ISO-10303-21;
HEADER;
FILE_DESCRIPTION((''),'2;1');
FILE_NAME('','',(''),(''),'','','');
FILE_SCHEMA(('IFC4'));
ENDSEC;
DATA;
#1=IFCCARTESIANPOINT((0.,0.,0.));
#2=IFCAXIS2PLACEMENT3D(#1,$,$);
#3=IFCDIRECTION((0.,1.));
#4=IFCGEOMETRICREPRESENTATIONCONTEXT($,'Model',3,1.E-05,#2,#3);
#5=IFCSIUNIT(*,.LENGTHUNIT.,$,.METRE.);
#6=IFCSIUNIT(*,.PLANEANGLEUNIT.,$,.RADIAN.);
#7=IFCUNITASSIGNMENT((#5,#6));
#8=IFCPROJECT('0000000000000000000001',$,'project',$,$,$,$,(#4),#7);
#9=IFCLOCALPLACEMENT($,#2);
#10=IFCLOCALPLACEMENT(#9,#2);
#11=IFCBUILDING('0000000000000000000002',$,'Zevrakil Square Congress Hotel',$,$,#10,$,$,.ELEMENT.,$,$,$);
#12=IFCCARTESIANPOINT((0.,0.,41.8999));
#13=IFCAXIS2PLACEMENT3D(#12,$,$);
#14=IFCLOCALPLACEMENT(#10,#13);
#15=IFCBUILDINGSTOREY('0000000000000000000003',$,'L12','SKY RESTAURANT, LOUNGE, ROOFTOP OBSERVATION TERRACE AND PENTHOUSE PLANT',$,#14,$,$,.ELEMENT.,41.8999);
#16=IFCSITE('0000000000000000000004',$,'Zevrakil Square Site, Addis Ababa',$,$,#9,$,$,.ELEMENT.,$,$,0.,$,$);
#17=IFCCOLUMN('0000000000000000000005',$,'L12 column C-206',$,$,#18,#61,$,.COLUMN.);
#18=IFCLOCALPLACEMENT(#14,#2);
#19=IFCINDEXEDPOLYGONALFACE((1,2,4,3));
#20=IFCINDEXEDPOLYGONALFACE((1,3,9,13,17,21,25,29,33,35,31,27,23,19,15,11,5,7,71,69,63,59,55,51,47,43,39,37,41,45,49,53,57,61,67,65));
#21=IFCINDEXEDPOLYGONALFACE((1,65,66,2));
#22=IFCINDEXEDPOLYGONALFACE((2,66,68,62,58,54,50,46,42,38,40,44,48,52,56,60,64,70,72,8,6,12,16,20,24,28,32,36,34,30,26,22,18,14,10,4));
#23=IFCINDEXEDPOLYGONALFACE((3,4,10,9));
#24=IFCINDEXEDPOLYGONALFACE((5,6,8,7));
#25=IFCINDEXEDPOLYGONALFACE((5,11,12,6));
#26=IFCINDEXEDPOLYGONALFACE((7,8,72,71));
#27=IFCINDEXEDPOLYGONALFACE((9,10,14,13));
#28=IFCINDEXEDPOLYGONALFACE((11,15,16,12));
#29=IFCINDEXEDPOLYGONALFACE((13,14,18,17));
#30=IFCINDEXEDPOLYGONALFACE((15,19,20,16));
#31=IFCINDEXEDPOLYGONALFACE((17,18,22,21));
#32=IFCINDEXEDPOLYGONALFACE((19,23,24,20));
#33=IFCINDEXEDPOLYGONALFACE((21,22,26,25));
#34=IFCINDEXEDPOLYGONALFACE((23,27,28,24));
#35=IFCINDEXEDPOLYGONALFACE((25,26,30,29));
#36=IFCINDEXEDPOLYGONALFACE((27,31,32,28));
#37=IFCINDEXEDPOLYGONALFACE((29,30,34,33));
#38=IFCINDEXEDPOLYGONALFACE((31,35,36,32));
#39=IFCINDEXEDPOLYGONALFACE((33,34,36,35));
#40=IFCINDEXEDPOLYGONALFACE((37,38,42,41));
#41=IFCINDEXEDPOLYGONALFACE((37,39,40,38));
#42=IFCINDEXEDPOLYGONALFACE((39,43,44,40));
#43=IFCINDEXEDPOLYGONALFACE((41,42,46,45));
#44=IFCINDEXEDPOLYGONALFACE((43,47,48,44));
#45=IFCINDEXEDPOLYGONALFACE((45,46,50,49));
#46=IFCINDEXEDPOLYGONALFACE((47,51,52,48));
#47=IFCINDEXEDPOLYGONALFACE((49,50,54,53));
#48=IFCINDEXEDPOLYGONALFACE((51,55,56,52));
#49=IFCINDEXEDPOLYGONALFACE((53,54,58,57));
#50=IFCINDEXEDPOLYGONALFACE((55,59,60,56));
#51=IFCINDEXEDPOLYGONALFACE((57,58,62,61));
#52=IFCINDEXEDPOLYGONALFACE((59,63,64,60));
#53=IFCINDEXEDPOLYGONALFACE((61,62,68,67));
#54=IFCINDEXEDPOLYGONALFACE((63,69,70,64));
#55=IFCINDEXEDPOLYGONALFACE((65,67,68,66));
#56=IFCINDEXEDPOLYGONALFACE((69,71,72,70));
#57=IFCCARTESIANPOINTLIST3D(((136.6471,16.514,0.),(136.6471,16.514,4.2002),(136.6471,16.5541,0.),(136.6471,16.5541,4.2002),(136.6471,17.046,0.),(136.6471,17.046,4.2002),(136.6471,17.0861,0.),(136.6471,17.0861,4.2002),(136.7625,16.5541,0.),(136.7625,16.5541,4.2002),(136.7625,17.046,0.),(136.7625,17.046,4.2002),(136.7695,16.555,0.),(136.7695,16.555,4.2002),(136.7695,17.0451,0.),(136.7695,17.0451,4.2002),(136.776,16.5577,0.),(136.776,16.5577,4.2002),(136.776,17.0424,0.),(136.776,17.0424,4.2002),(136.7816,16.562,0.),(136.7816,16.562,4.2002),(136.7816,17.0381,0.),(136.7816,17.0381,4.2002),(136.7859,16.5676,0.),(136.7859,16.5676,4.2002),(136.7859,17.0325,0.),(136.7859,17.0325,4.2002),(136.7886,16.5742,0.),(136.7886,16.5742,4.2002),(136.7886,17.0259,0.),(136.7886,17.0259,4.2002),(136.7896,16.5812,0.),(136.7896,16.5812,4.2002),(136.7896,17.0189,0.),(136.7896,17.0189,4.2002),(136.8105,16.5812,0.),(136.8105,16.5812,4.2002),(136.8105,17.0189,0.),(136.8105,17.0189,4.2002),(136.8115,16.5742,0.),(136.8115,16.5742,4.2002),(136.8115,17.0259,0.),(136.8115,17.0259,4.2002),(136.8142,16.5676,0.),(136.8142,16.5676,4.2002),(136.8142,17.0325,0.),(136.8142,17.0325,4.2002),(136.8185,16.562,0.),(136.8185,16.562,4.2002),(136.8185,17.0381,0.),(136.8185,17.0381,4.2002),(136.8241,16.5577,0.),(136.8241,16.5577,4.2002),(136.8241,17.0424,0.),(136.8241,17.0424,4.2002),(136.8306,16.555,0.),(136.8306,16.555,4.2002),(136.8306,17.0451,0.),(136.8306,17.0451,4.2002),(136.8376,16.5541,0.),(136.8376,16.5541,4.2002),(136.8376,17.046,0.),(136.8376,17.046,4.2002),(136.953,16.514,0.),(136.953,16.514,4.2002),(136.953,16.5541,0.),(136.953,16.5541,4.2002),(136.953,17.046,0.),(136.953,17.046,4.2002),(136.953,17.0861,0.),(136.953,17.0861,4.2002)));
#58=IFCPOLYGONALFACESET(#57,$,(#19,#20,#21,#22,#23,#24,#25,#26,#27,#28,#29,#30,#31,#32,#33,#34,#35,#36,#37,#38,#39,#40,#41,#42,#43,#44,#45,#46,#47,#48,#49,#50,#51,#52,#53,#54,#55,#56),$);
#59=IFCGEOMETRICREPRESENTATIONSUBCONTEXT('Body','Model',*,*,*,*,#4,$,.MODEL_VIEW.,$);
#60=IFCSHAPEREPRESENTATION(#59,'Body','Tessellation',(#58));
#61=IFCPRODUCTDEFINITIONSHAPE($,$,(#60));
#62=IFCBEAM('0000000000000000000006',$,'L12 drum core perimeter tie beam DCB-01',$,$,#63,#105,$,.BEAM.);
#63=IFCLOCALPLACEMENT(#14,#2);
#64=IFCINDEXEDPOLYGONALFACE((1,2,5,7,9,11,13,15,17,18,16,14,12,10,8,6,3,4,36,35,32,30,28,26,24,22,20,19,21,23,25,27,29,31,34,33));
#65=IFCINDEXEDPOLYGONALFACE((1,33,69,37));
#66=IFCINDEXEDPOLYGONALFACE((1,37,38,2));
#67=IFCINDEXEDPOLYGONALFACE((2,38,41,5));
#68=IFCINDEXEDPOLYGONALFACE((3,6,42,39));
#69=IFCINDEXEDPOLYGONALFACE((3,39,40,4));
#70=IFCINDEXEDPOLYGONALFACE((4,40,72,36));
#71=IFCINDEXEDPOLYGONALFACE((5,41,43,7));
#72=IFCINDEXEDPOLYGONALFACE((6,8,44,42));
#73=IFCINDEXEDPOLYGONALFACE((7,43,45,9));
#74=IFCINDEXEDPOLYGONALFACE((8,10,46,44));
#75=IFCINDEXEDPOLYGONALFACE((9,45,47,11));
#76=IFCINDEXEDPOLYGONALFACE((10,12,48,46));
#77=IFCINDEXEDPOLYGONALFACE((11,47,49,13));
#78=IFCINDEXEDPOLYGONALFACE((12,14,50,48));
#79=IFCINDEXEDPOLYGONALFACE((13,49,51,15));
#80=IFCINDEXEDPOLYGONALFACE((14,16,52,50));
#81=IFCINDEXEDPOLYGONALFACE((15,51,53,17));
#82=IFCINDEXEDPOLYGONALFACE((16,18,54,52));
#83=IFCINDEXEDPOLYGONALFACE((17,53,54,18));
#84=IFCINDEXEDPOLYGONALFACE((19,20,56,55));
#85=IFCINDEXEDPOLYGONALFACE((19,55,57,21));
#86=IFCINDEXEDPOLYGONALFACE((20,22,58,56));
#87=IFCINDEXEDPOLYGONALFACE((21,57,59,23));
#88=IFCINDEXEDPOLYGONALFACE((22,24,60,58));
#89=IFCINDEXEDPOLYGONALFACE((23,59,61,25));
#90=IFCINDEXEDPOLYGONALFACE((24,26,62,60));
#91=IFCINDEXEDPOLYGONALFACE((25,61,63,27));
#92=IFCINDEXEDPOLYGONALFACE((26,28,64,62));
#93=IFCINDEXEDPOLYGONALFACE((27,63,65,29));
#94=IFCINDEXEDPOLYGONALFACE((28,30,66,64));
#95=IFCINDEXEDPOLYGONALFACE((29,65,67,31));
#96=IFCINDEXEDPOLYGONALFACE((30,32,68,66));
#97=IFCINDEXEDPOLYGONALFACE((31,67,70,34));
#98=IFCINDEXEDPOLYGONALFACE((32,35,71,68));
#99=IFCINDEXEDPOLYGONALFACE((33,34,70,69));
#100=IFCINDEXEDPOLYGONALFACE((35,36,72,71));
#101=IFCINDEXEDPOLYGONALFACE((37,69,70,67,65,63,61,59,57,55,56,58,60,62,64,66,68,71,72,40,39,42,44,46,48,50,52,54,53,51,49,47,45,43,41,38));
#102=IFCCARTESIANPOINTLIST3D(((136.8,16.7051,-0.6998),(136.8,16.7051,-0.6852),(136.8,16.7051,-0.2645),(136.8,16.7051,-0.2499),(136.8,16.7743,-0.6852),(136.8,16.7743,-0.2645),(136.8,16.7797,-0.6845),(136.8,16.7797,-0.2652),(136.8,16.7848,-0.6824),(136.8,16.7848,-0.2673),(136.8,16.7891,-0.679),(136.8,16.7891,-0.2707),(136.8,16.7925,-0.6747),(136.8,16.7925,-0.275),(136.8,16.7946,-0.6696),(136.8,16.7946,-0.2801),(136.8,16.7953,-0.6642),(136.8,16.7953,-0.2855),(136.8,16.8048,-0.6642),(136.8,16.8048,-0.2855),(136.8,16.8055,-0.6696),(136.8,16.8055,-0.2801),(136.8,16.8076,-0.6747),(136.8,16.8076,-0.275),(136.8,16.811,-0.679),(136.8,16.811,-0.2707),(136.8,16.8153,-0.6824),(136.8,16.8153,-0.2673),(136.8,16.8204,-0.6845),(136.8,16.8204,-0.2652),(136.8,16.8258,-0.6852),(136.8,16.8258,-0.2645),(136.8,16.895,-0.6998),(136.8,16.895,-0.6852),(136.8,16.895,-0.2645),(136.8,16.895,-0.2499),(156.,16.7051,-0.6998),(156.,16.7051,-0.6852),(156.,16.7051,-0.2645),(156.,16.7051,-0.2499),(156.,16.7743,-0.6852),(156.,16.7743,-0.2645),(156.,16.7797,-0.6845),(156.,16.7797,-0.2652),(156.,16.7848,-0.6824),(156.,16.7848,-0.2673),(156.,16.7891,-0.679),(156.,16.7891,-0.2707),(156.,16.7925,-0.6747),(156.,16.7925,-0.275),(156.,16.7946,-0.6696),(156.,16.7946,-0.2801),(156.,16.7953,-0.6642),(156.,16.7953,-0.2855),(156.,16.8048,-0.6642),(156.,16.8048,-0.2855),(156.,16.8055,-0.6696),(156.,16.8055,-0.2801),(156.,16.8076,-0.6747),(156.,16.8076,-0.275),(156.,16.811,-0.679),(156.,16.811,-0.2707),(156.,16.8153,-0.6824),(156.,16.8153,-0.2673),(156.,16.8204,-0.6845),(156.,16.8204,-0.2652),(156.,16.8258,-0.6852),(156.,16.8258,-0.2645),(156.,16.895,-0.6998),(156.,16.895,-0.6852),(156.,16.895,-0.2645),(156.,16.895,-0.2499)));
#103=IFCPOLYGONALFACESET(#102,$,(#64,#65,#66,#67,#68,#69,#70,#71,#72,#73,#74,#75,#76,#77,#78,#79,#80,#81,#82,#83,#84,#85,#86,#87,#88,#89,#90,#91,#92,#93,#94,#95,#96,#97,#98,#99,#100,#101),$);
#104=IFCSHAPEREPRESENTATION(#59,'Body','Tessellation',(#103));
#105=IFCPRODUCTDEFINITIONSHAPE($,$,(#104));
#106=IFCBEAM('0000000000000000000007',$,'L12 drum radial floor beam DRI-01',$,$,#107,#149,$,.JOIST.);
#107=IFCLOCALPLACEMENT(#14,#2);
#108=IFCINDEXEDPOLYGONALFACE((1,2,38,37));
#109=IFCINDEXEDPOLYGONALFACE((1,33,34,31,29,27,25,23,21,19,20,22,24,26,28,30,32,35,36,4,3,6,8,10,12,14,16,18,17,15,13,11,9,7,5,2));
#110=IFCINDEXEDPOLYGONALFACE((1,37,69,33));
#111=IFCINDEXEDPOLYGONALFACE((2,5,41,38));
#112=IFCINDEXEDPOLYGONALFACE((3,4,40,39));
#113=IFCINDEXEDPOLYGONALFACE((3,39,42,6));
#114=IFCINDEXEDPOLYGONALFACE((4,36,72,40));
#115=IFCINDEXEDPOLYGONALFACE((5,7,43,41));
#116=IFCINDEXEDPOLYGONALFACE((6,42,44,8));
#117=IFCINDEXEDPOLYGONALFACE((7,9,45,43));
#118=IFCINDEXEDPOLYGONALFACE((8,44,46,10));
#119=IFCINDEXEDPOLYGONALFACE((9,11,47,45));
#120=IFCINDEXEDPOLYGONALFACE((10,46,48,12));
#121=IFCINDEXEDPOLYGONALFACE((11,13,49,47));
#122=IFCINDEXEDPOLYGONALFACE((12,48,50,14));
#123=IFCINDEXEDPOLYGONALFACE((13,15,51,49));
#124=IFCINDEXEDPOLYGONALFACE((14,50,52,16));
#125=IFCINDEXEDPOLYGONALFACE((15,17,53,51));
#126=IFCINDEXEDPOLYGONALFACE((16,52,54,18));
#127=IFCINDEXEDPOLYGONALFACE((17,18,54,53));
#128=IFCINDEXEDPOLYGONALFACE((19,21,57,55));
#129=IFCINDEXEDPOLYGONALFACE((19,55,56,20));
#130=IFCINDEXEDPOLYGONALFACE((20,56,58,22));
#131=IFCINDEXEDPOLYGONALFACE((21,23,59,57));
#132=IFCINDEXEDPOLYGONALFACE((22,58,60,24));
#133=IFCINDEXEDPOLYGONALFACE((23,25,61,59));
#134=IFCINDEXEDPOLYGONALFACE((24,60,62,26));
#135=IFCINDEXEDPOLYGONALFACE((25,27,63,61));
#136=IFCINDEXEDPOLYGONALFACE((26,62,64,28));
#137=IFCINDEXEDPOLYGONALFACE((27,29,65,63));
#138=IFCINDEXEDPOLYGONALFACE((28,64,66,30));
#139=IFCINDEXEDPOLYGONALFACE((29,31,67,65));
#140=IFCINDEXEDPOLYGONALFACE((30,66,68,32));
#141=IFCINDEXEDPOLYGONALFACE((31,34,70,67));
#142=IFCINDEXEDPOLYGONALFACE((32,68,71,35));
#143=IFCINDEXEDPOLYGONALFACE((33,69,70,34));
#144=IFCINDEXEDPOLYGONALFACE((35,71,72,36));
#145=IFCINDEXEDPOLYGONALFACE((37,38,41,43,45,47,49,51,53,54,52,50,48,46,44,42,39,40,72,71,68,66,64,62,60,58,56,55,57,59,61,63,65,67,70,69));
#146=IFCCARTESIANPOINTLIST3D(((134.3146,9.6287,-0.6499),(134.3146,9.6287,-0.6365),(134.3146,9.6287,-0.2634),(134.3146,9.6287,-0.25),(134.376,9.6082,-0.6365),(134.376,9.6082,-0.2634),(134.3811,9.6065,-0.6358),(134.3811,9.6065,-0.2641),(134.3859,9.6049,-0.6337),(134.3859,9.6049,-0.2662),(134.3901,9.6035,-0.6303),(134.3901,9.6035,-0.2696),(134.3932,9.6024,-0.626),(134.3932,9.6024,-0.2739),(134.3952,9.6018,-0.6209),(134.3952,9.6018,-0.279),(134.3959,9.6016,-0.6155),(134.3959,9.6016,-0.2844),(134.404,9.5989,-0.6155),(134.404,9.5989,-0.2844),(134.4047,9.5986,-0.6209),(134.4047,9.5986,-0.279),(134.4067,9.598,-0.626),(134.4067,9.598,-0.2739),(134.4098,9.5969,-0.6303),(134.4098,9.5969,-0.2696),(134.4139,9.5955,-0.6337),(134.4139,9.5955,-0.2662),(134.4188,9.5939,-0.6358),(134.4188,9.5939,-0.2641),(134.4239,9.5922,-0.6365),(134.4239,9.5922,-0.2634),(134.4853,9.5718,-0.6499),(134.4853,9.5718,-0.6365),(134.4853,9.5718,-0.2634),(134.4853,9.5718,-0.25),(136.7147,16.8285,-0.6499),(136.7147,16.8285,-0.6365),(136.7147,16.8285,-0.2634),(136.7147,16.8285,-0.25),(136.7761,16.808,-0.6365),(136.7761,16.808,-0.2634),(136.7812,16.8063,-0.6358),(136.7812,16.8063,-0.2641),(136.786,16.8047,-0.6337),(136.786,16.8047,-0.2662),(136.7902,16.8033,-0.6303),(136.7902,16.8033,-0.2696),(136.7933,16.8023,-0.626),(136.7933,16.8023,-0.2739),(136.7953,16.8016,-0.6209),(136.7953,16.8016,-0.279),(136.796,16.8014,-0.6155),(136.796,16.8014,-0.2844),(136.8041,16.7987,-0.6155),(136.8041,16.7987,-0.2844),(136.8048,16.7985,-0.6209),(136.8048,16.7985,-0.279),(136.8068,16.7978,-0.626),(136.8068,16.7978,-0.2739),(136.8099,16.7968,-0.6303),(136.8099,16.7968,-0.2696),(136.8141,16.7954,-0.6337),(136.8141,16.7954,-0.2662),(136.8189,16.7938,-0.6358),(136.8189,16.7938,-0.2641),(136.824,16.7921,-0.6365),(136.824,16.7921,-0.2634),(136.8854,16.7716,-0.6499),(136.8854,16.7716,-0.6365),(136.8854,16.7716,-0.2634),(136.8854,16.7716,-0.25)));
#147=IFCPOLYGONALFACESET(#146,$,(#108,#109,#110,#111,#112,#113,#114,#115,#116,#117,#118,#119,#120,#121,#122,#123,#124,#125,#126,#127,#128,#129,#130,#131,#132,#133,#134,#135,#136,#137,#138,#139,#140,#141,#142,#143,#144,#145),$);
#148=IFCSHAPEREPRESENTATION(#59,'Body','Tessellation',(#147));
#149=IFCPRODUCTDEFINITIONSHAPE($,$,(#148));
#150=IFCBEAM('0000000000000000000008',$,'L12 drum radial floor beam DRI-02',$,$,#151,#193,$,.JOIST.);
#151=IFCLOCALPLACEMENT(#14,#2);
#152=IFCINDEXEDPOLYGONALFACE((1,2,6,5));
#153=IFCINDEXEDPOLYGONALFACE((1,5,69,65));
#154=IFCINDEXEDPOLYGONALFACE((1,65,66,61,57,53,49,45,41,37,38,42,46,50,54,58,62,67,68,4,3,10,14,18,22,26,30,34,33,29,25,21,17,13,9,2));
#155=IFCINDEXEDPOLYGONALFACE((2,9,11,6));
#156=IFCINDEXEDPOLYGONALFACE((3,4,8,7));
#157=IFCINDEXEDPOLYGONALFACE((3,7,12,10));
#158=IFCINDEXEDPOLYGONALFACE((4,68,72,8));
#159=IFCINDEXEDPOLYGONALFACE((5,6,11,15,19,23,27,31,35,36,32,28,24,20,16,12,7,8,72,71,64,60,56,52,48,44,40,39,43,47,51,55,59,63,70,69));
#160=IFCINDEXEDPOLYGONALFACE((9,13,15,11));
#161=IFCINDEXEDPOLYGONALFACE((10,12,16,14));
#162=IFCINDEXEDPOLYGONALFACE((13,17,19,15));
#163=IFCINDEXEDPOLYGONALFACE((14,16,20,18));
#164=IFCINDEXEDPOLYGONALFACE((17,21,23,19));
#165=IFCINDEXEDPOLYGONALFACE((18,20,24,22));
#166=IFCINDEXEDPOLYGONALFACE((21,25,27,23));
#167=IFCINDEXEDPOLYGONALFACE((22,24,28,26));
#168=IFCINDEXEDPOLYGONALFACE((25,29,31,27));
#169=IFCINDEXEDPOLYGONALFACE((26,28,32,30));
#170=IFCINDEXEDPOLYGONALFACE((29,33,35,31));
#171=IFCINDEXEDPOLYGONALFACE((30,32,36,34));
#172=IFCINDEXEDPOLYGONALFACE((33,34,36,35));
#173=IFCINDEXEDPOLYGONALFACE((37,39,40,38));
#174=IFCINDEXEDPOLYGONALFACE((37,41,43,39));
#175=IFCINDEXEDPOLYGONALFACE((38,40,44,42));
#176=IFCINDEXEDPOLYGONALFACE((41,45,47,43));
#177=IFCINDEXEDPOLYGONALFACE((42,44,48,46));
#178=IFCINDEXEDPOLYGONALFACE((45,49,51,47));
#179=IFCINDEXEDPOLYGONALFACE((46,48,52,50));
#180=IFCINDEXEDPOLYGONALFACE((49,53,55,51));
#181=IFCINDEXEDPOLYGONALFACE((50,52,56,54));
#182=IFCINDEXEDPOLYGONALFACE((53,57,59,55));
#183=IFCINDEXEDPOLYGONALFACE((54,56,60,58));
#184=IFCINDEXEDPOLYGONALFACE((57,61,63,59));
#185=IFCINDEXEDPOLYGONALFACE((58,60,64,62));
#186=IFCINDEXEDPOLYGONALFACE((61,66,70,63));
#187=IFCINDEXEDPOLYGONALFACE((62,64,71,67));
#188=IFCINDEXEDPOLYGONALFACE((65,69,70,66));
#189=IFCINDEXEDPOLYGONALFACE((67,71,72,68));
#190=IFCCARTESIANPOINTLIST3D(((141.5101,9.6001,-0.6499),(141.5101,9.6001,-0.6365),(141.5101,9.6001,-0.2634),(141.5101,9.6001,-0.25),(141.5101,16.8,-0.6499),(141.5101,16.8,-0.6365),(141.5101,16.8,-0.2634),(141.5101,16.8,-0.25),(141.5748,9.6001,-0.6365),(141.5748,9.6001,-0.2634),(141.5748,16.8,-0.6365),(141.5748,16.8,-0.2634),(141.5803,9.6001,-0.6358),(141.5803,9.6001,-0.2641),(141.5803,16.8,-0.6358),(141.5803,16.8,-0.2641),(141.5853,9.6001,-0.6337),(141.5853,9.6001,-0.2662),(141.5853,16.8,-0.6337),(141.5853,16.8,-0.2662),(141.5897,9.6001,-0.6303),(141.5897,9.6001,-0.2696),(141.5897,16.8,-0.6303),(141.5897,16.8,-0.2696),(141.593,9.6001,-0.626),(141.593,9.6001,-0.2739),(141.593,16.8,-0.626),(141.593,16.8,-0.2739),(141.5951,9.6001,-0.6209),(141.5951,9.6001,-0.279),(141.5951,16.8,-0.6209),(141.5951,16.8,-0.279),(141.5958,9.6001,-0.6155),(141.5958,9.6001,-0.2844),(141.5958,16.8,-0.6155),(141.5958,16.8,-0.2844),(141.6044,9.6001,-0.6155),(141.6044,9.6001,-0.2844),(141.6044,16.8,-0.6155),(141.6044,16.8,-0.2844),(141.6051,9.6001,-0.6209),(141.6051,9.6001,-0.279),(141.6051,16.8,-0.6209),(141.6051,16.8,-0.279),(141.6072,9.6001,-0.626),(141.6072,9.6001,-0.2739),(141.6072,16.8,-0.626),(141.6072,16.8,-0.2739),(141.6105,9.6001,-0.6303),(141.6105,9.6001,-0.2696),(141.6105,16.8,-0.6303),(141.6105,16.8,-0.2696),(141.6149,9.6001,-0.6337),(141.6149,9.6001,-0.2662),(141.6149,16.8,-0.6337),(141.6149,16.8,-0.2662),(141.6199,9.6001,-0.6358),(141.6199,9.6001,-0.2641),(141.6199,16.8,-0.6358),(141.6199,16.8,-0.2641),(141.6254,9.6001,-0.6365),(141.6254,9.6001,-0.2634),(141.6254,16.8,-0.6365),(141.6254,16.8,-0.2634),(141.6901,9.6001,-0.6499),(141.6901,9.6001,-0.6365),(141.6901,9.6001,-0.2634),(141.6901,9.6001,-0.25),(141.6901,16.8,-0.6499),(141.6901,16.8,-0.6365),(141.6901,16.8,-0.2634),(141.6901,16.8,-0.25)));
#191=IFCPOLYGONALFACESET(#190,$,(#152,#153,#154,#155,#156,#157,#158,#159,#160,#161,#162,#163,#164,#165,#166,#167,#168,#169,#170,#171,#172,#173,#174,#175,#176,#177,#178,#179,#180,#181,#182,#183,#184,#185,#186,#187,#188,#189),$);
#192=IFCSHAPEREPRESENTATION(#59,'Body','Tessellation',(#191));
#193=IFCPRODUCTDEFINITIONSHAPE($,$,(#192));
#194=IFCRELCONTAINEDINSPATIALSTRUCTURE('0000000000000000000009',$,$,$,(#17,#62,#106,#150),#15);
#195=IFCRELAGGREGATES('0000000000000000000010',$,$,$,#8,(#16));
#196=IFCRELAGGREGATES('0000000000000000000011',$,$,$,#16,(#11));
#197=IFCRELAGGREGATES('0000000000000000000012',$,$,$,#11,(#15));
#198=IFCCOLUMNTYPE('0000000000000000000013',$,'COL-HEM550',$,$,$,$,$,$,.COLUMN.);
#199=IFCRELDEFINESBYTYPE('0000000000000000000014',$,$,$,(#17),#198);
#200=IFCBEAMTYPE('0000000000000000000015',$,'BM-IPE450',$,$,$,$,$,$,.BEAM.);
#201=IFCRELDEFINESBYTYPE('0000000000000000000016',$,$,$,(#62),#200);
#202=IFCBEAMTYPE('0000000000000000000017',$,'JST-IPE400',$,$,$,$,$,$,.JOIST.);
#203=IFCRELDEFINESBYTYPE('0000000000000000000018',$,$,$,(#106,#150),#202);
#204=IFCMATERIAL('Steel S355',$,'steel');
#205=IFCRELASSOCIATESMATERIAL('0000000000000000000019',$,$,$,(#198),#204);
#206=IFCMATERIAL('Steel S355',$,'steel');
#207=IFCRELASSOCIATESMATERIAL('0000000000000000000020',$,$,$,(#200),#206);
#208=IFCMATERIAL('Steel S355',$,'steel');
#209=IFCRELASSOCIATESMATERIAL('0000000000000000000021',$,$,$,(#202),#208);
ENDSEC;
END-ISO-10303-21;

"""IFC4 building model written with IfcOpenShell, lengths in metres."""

from ifc_helpers import new_model, si_unit, direction, frame, origin, origin_2d, place, context, subcontext, project, spatial, i_section, extrude, material, material_profile, profile_set, type_object, element, save


model = new_model("IFC4")

# Units and contexts
model_context = context("Model", 3, precision=1e-05, world=origin(), true_north=direction((0.0, 1.0)))
body_context = subcontext(model_context, "Body", "Model", "MODEL_VIEW")
ifc_project = project(units=[si_unit("LENGTHUNIT", "METRE"), si_unit("PLANEANGLEUNIT", "RADIAN")], contexts=[model_context])

# Site, building, storey
site_placement = place(None, origin())
site = spatial("IfcSite", under=ifc_project, at=site_placement, Name="Zevrakil Square Site, Addis Ababa", CompositionType="ELEMENT", RefElevation=0.0)
building_placement = place(site_placement, origin())
building = spatial("IfcBuilding", under=site, at=building_placement, Name="Zevrakil Square Congress Hotel", CompositionType="ELEMENT")
storey_placement = place(building_placement, frame((0.0, 0.0, 41.8999)))
storey = spatial("IfcBuildingStorey", under=building, at=storey_placement, Name="L12", Description="SKY RESTAURANT, LOUNGE, ROOFTOP OBSERVATION TERRACE AND PENTHOUSE PLANT", CompositionType="ELEMENT", Elevation=41.8999)

# Column
ifc_material_1 = material(Name="Steel S355", Category="steel")
ifc_material_profile_1 = material_profile(ifc_material_1, i_section(OverallWidth=0.3059, OverallDepth=0.572, WebThickness=0.021, FlangeThickness=0.04, FilletRadius=0.0271, at=origin_2d()), Name="HEM 550")
ifc_profile_set_1 = profile_set([ifc_material_profile_1], Name="Steel S355")
column_type = type_object("IfcColumnType", Name="COL-HEM550", PredefinedType="COLUMN", material=ifc_profile_set_1)
column_placement = place(storey_placement, frame((136.8, 16.8, 0.0), z_axis=(0.0, 0.0, 1.0), x_axis=(1.0, 0.0, 0.0)))
element("IfcColumn", 1, at=column_placement, inside=storey, type_object=column_type, Name="L12 column C-206", PredefinedType="COLUMN", context=body_context, shape_type="SweptSolid", body=[
    extrude(i_section(OverallWidth=0.3059, OverallDepth=0.572, WebThickness=0.021, FlangeThickness=0.04, FilletRadius=0.0271, at=origin_2d()), origin(), (0.0, 0.0, 1.0), 4.2002),
])

# Beams
ifc_material_2 = material(Name="Steel S355", Category="steel")
ifc_material_profile_2 = material_profile(ifc_material_2, i_section(OverallWidth=0.1899, OverallDepth=0.45, WebThickness=0.0095, FlangeThickness=0.0146, FilletRadius=0.021, at=origin_2d()), Name="IPE 450")
ifc_profile_set_2 = profile_set([ifc_material_profile_2], Name="Steel S355")
beam_type_1 = type_object("IfcBeamType", Name="BM-IPE450", PredefinedType="BEAM", material=ifc_profile_set_2)
beam_1_placement = place(storey_placement, frame((136.8, 16.8, -0.4749), z_axis=(1.0, 0.0, 0.0), x_axis=(0.0, 1.0, 0.0)))
element("IfcBeam", 2, at=beam_1_placement, inside=storey, type_object=beam_type_1, Name="L12 drum core perimeter tie beam DCB-01", PredefinedType="BEAM", context=body_context, shape_type="SweptSolid", body=[
    extrude(i_section(OverallWidth=0.1899, OverallDepth=0.45, WebThickness=0.0095, FlangeThickness=0.0146, FilletRadius=0.021, at=origin_2d()), origin(), (0.0, 0.0, 1.0), 19.2),
])
ifc_material_3 = material(Name="Steel S355", Category="steel")
ifc_material_profile_3 = material_profile(ifc_material_3, i_section(OverallWidth=0.1799, OverallDepth=0.3999, WebThickness=0.0085, FlangeThickness=0.0134, FilletRadius=0.021, at=origin_2d()), Name="IPE 400")
ifc_profile_set_3 = profile_set([ifc_material_profile_3], Name="Steel S355")
beam_type_2 = type_object("IfcBeamType", Name="JST-IPE400", PredefinedType="JOIST", material=ifc_profile_set_3)
beam_2_placement = place(storey_placement, frame((136.8, 16.8, -0.45), z_axis=(-0.316247, -0.948677, 0.0), x_axis=(0.948677, -0.316247, 0.0)))
element("IfcBeam", 3, at=beam_2_placement, inside=storey, type_object=beam_type_2, Name="L12 drum radial floor beam DRI-01", PredefinedType="JOIST", context=body_context, shape_type="SweptSolid", body=[
    extrude(i_section(OverallWidth=0.1799, OverallDepth=0.3999, WebThickness=0.0085, FlangeThickness=0.0134, FilletRadius=0.021, at=origin_2d()), origin(), (0.0, 0.0, 1.0), 7.5894),
])
beam_3_placement = place(storey_placement, frame((141.6001, 16.8, -0.45), z_axis=(0.0, -1.0, 0.0), x_axis=(1.0, 0.0, 0.0)))
element("IfcBeam", 4, at=beam_3_placement, inside=storey, type_object=beam_type_2, Name="L12 drum radial floor beam DRI-02", PredefinedType="JOIST", context=body_context, shape_type="SweptSolid", body=[
    extrude(i_section(OverallWidth=0.1799, OverallDepth=0.3999, WebThickness=0.0085, FlangeThickness=0.0134, FilletRadius=0.021, at=origin_2d()), origin(), (0.0, 0.0, 1.0), 7.2),
])

save(model, "model.ifc")
